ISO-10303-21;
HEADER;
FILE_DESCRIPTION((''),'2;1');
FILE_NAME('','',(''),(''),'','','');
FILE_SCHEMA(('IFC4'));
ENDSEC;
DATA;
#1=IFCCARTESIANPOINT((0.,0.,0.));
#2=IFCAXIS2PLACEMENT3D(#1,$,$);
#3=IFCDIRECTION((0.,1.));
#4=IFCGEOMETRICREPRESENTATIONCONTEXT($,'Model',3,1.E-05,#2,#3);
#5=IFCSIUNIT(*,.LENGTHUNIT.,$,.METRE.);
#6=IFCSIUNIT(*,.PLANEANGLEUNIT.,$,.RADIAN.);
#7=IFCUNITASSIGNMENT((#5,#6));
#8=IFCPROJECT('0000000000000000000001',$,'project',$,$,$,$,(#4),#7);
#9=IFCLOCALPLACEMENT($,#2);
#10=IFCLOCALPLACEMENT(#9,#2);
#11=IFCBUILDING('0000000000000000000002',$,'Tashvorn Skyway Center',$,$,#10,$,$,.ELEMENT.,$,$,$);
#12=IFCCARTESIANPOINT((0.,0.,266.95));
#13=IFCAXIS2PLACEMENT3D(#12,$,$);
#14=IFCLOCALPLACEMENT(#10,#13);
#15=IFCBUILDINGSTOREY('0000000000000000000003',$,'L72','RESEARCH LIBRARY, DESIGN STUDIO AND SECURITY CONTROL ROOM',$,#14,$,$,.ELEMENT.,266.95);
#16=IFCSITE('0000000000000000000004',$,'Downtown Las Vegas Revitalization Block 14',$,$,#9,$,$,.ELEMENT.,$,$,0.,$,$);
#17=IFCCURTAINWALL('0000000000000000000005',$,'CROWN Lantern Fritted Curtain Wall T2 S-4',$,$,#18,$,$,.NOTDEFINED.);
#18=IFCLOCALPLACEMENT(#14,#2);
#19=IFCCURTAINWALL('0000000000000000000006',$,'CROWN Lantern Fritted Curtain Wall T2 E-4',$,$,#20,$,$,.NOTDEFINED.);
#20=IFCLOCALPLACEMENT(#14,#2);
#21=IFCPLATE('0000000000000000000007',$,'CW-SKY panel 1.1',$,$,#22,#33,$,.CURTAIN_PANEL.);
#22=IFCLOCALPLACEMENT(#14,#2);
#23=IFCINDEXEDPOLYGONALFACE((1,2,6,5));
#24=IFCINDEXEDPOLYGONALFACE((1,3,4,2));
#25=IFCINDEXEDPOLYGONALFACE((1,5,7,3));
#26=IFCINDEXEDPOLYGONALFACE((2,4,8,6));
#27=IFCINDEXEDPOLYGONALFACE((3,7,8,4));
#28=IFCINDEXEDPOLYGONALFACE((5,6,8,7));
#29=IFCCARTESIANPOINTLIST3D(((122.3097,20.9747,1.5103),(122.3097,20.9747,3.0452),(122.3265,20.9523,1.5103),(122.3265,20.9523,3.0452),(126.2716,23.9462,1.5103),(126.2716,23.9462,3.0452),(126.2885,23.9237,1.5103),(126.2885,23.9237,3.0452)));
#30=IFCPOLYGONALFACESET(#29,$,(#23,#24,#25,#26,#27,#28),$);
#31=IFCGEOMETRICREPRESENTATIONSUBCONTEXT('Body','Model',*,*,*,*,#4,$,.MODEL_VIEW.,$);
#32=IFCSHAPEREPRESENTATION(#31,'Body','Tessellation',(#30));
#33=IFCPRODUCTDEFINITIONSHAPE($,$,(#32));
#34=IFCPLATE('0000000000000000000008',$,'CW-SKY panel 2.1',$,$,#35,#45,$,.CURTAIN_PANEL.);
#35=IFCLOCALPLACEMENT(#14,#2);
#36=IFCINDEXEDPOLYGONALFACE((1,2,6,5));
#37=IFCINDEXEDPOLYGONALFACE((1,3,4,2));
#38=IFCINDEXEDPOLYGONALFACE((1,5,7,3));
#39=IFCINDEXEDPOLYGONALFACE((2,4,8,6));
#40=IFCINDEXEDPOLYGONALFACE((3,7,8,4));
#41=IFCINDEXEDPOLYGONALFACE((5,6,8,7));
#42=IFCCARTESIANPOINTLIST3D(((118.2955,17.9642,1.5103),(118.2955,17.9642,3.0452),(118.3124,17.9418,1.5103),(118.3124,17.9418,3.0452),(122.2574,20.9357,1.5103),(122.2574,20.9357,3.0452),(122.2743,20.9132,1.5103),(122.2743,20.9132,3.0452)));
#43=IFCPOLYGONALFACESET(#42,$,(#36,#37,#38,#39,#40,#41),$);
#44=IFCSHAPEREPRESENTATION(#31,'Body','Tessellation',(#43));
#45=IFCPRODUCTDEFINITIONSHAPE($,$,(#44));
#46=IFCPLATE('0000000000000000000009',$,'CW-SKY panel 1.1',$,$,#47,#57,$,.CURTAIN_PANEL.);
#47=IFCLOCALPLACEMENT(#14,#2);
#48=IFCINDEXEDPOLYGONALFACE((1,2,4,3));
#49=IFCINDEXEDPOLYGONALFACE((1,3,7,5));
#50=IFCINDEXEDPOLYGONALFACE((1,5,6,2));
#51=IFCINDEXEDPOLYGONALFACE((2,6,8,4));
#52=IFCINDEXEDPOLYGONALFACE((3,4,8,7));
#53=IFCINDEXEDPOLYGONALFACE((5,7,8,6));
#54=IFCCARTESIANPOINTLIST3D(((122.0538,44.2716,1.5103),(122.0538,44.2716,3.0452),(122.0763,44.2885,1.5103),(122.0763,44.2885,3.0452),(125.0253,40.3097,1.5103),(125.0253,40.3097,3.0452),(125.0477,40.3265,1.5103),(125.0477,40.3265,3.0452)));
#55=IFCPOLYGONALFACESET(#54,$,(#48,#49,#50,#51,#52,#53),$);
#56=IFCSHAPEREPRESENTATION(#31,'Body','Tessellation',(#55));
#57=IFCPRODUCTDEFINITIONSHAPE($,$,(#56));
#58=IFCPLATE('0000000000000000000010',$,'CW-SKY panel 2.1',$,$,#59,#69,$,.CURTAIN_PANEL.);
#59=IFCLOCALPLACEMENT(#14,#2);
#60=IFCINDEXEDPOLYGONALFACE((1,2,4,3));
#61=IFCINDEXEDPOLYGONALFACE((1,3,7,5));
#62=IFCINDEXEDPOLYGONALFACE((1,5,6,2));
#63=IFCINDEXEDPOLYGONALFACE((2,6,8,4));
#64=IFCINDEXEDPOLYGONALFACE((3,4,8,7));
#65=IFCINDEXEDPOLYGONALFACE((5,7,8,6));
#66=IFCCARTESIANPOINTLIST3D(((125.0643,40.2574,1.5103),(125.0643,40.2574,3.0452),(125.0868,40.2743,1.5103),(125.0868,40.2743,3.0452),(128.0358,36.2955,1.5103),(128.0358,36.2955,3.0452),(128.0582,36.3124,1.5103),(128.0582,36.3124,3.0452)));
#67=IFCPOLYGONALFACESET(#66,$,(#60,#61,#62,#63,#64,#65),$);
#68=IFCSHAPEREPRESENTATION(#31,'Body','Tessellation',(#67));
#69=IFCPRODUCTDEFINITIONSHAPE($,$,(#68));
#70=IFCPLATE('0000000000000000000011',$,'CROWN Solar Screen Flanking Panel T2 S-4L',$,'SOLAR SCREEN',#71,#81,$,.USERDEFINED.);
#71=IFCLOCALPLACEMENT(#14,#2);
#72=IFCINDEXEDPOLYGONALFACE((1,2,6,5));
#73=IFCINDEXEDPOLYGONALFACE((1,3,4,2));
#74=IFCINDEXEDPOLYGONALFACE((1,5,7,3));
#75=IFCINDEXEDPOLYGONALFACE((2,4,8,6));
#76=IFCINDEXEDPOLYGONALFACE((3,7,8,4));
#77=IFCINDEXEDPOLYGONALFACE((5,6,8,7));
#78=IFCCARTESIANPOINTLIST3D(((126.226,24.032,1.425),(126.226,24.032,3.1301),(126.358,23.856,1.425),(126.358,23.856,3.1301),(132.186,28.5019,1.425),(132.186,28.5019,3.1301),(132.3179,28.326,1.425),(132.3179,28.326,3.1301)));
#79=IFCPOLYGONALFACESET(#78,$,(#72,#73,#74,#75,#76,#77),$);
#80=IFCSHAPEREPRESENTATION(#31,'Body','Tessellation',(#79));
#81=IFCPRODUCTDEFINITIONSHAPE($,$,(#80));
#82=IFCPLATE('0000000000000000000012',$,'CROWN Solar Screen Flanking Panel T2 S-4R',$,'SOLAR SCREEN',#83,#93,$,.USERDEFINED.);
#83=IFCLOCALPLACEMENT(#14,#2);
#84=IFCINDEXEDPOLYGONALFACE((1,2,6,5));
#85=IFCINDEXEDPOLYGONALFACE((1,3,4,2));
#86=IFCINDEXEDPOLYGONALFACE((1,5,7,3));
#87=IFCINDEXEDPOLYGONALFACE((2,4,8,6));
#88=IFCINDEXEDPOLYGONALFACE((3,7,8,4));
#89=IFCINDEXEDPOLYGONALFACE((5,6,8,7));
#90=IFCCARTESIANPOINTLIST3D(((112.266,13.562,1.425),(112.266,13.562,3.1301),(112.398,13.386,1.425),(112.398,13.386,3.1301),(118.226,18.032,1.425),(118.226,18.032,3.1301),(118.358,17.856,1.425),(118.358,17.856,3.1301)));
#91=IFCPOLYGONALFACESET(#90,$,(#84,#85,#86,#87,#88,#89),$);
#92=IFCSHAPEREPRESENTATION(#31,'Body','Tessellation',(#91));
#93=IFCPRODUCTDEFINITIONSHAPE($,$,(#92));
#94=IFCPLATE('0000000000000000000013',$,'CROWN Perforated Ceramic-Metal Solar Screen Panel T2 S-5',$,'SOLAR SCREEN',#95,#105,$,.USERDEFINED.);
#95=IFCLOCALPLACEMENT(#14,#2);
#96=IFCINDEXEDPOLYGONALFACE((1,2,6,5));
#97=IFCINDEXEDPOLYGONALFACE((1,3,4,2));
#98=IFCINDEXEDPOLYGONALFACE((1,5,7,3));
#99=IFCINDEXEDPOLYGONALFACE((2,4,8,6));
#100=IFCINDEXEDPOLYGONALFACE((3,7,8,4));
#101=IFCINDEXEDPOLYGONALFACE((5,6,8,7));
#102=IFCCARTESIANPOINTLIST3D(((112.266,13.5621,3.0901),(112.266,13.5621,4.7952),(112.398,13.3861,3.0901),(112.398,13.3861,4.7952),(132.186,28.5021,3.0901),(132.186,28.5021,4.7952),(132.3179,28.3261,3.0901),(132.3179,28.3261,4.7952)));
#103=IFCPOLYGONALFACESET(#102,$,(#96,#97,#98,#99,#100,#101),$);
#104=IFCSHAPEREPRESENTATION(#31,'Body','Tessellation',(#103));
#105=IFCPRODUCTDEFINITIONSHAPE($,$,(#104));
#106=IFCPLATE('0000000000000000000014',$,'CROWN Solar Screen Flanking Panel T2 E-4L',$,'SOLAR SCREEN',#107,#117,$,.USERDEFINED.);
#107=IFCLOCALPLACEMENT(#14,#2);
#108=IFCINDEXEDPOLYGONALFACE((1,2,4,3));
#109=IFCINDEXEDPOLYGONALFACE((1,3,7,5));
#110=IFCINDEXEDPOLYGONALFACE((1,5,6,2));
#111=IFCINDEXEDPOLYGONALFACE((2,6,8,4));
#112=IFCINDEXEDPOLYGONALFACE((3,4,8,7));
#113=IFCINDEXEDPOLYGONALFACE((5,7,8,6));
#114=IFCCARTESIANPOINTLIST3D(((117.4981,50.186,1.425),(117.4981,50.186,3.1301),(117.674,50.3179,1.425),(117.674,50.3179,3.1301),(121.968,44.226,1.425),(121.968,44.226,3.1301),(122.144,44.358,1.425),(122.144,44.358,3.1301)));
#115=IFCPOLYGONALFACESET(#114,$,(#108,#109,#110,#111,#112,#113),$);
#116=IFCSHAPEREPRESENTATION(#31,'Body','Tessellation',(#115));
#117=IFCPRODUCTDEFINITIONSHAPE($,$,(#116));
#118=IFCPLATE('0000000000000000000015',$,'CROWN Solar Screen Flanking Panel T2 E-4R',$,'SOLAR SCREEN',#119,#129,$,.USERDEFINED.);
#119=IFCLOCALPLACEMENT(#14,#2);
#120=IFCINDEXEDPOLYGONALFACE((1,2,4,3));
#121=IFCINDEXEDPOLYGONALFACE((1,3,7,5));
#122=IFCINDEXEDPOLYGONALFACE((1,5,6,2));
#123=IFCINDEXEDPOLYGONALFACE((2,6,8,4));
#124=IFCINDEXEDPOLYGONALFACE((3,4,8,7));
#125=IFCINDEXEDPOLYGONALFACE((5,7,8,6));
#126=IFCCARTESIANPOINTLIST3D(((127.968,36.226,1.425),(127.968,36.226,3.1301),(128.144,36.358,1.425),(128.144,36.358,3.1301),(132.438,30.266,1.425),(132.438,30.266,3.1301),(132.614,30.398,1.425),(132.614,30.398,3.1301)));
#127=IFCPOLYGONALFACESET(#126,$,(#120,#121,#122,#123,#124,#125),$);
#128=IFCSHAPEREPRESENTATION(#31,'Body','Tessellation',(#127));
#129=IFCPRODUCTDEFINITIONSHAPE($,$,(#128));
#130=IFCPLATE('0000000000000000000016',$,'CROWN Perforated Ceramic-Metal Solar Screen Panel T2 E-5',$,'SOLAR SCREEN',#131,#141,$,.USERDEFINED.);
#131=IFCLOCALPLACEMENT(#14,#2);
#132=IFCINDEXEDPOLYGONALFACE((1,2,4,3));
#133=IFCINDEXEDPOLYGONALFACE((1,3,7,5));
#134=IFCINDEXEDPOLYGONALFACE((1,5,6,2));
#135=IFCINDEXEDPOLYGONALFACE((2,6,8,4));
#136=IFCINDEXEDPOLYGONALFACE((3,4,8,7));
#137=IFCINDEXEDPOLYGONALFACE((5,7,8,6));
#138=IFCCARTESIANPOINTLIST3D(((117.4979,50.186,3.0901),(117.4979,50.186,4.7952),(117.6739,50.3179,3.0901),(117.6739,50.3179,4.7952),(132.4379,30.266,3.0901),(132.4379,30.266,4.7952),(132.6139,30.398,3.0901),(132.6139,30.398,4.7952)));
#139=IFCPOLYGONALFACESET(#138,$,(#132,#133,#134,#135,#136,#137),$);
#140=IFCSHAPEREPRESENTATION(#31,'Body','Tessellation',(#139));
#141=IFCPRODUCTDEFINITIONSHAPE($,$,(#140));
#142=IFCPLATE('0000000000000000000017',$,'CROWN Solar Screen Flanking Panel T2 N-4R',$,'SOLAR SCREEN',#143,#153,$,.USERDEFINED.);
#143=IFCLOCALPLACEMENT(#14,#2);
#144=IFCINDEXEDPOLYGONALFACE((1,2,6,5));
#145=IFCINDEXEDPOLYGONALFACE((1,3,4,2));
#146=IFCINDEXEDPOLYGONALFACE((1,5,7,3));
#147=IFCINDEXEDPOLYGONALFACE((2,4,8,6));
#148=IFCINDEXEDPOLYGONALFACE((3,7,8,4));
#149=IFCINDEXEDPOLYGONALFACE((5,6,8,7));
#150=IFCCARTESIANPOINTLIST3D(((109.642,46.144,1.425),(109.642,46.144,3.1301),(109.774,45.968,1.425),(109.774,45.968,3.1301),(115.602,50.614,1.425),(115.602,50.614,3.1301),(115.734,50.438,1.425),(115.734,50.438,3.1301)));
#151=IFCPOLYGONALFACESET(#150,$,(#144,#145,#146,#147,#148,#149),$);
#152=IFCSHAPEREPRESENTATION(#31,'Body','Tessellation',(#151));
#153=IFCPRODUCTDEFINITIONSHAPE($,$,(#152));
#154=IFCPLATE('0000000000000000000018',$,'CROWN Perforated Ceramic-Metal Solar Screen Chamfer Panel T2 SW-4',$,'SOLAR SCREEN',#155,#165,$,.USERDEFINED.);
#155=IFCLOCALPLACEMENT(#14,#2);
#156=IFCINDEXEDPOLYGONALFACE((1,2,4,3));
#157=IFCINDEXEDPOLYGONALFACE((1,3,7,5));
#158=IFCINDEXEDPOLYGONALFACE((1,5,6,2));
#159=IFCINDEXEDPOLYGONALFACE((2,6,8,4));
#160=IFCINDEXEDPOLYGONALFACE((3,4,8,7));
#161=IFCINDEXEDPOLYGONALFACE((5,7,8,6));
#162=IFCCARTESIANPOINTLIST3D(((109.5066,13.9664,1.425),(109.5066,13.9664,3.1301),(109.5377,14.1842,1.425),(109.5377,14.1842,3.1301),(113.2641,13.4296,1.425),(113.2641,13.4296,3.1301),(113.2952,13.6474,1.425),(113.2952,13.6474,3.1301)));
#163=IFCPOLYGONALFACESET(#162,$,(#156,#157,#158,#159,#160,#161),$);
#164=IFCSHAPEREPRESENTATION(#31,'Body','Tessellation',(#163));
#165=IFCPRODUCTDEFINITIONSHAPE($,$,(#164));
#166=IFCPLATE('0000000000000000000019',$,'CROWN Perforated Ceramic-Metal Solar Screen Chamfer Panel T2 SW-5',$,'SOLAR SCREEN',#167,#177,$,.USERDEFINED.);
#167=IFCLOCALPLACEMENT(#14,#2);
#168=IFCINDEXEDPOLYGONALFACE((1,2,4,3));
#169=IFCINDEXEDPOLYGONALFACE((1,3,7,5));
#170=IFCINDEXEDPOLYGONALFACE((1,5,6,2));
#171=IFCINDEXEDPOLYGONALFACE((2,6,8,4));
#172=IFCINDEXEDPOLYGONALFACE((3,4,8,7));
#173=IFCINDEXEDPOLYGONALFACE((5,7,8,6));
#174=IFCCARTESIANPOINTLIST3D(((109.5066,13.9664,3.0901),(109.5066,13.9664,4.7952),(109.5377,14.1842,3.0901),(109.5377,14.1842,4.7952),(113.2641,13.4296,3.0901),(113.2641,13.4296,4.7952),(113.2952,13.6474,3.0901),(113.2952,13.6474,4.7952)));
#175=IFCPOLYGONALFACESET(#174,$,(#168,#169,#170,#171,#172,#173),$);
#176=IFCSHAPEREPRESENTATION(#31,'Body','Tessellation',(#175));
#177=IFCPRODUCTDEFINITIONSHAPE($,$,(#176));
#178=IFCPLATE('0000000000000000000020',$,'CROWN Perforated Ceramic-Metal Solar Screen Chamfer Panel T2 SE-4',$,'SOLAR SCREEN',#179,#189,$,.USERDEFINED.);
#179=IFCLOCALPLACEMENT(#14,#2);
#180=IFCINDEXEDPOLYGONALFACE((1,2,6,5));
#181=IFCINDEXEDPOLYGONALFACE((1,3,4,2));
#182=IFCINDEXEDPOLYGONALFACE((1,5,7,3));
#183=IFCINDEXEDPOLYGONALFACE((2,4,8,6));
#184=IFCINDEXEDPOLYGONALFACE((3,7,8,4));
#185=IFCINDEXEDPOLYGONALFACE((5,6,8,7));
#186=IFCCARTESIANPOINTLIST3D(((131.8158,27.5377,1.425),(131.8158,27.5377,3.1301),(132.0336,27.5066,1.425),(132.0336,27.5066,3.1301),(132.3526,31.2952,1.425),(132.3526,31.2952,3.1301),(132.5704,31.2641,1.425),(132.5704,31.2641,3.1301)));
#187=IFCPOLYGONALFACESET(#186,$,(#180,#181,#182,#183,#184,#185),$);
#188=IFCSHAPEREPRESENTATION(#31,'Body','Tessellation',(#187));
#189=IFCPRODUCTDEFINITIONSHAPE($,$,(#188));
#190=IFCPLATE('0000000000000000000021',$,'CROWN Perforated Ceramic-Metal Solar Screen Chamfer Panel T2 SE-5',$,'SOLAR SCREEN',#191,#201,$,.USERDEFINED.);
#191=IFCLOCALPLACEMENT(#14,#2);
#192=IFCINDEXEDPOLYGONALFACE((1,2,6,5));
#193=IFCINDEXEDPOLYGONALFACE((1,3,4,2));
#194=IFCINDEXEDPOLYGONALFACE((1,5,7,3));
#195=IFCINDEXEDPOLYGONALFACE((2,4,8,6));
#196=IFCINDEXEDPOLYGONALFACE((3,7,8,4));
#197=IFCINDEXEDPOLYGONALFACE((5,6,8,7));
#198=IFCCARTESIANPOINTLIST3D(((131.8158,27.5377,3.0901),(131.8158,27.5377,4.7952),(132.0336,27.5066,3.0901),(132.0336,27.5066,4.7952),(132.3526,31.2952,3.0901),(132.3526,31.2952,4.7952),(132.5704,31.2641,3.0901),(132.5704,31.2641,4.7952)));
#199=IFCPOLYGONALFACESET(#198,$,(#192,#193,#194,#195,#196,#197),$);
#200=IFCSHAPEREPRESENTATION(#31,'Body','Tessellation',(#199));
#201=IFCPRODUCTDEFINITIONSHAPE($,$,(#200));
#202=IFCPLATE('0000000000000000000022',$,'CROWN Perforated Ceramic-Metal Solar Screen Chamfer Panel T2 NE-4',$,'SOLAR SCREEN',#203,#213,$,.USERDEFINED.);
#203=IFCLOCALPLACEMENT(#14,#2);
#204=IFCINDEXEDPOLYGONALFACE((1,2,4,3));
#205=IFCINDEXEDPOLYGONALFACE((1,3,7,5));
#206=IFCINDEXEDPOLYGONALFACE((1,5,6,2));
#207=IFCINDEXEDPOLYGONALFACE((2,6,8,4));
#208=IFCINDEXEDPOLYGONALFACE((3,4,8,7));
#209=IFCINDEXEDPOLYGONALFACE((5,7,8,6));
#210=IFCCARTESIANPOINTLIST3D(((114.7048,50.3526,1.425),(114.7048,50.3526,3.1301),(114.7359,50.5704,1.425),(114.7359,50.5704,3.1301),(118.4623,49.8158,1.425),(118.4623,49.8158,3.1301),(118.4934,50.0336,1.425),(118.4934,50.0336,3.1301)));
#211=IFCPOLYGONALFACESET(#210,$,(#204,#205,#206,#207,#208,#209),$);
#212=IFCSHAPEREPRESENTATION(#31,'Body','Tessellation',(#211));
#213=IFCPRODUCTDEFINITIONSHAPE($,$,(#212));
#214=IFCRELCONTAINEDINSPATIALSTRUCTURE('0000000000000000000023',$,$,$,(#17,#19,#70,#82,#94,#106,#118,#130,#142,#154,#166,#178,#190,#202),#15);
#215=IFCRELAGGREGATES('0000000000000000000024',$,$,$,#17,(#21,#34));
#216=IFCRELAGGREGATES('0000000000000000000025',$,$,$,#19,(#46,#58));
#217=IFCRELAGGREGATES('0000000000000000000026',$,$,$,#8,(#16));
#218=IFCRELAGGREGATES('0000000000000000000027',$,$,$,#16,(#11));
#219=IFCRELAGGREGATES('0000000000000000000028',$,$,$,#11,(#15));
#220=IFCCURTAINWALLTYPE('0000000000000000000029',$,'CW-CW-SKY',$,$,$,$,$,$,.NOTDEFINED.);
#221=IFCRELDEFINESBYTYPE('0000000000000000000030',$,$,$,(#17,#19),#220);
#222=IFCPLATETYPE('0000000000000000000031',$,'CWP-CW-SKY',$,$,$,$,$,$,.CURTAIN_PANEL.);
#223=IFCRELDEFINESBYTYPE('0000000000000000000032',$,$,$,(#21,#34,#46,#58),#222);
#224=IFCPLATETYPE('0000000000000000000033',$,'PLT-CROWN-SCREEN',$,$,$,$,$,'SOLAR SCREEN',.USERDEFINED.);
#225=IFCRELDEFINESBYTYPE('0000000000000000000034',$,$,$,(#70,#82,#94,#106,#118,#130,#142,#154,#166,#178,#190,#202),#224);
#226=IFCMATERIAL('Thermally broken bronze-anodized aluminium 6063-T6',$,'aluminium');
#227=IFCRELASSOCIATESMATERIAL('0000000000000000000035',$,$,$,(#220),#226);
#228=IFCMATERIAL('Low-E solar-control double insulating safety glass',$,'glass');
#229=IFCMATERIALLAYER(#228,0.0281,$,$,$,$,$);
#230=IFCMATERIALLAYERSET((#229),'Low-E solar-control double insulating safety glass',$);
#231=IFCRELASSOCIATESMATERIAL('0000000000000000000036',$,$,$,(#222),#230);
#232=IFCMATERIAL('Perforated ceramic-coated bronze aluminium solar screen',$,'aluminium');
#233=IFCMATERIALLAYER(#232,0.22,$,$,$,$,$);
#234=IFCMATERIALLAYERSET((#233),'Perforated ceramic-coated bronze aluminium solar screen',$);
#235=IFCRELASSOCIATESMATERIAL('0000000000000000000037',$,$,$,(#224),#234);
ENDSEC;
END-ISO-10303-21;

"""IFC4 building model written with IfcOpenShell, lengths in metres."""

from ifc_helpers import new_model, si_unit, direction, frame, origin, origin_2d, place, context, subcontext, project, spatial, rectangle, extrude, material, layer, layer_set, type_object, element, aggregate, save


model = new_model("IFC4")

# Units and contexts
model_context = context("Model", 3, precision=1e-05, world=origin(), true_north=direction((0.0, 1.0)))
body_context = subcontext(model_context, "Body", "Model", "MODEL_VIEW")
ifc_project = project(units=[si_unit("LENGTHUNIT", "METRE"), si_unit("PLANEANGLEUNIT", "RADIAN")], contexts=[model_context])

# Site, building, storey
site_placement = place(None, origin())
site = spatial("IfcSite", under=ifc_project, at=site_placement, Name="Downtown Las Vegas Revitalization Block 14", CompositionType="ELEMENT", RefElevation=0.0)
building_placement = place(site_placement, origin())
building = spatial("IfcBuilding", under=site, at=building_placement, Name="Tashvorn Skyway Center", CompositionType="ELEMENT")
storey_placement = place(building_placement, frame((0.0, 0.0, 266.95)))
storey = spatial("IfcBuildingStorey", under=building, at=storey_placement, Name="L72", Description="RESEARCH LIBRARY, DESIGN STUDIO AND SECURITY CONTROL ROOM", CompositionType="ELEMENT", Elevation=266.95)

# Curtain walls
ifc_material_1 = material(Name="Thermally broken bronze-anodized aluminium 6063-T6", Category="aluminium")
curtain_wall_type = type_object("IfcCurtainWallType", Name="CW-CW-SKY", PredefinedType="NOTDEFINED", material=ifc_material_1)
curtain_wall_1_placement = place(storey_placement, origin())
curtain_wall_1 = element("IfcCurtainWall", 1, at=curtain_wall_1_placement, inside=storey, type_object=curtain_wall_type, Name="CROWN Lantern Fritted Curtain Wall T2 S-4", PredefinedType="NOTDEFINED")
curtain_wall_2_placement = place(storey_placement, origin())
curtain_wall_2 = element("IfcCurtainWall", 2, at=curtain_wall_2_placement, inside=storey, type_object=curtain_wall_type, Name="CROWN Lantern Fritted Curtain Wall T2 E-4", PredefinedType="NOTDEFINED")

# Plates
ifc_material_2 = material(Name="Low-E solar-control double insulating safety glass", Category="glass")
ifc_layer_1 = layer(ifc_material_2, 0.0281)
ifc_layer_set_1 = layer_set([ifc_layer_1], Name="Low-E solar-control double insulating safety glass")
plate_type_1 = type_object("IfcPlateType", Name="CWP-CW-SKY", PredefinedType="CURTAIN_PANEL", material=ifc_layer_set_1)
plate_1_placement = place(storey_placement, frame((124.2991, 22.4492, 1.5103), z_axis=(0.0, 0.0, 1.0), x_axis=(-0.8, -0.6, 0.0)))
plate_1 = element("IfcPlate", 3, at=plate_1_placement, type_object=plate_type_1, Name="CW-SKY panel 1.1", PredefinedType="CURTAIN_PANEL", context=body_context, shape_type="SweptSolid", body=[
    extrude(rectangle(XDim=4.9524, YDim=0.0281, at=origin_2d()), origin(), (0.0, 0.0, 1.0), 1.5349),
])
plate_2_placement = place(storey_placement, frame((120.2849, 19.4387, 1.5103), z_axis=(0.0, 0.0, 1.0), x_axis=(-0.8, -0.6, 0.0)))
plate_2 = element("IfcPlate", 4, at=plate_2_placement, type_object=plate_type_1, Name="CW-SKY panel 2.1", PredefinedType="CURTAIN_PANEL", context=body_context, shape_type="SweptSolid", body=[
    extrude(rectangle(XDim=4.9524, YDim=0.0281, at=origin_2d()), origin(), (0.0, 0.0, 1.0), 1.5349),
])
aggregate(curtain_wall_1, [plate_1, plate_2])
plate_3_placement = place(storey_placement, frame((123.5508, 42.2991, 1.5103), z_axis=(0.0, 0.0, 1.0), x_axis=(0.6, -0.8, 0.0)))
plate_3 = element("IfcPlate", 5, at=plate_3_placement, type_object=plate_type_1, Name="CW-SKY panel 1.1", PredefinedType="CURTAIN_PANEL", context=body_context, shape_type="SweptSolid", body=[
    extrude(rectangle(XDim=4.9524, YDim=0.0281, at=origin_2d()), origin(), (0.0, 0.0, 1.0), 1.5349),
])
plate_4_placement = place(storey_placement, frame((126.5613, 38.2849, 1.5103), z_axis=(0.0, 0.0, 1.0), x_axis=(0.6, -0.8, 0.0)))
plate_4 = element("IfcPlate", 6, at=plate_4_placement, type_object=plate_type_1, Name="CW-SKY panel 2.1", PredefinedType="CURTAIN_PANEL", context=body_context, shape_type="SweptSolid", body=[
    extrude(rectangle(XDim=4.9524, YDim=0.0281, at=origin_2d()), origin(), (0.0, 0.0, 1.0), 1.5349),
])
aggregate(curtain_wall_2, [plate_3, plate_4])

# Plates
ifc_material_3 = material(Name="Perforated ceramic-coated bronze aluminium solar screen", Category="aluminium")
ifc_layer_2 = layer(ifc_material_3, 0.22)
ifc_layer_set_2 = layer_set([ifc_layer_2], Name="Perforated ceramic-coated bronze aluminium solar screen")
plate_type_2 = type_object("IfcPlateType", Name="PLT-CROWN-SCREEN", ElementType="SOLAR SCREEN", PredefinedType="USERDEFINED", material=ifc_layer_set_2)
for number, where, z_axis, x_axis, name in (
    (7, (129.272, 26.179, 1.425), (0.0, 0.0, 1.0), (0.8, 0.6, 0.0), "CROWN Solar Screen Flanking Panel T2 S-4L"),
    (8, (115.312, 15.709, 1.425), (0.0, 0.0, 1.0), (0.8, 0.6, 0.0), "CROWN Solar Screen Flanking Panel T2 S-4R"),
):
    element("IfcPlate", number, at=place(storey_placement, frame(where, z_axis=z_axis, x_axis=x_axis)), inside=storey, type_object=plate_type_2, Name=name, ObjectType="SOLAR SCREEN", PredefinedType="USERDEFINED", context=body_context, shape_type="SweptSolid", body=[
        extrude(rectangle(XDim=7.45, YDim=0.22, at=origin_2d()), origin(), (0.0, 0.0, 1.0), 1.7051),
    ])
plate_5_placement = place(storey_placement, frame((122.292, 20.9441, 3.0901), z_axis=(0.0, 0.0, 1.0), x_axis=(0.8, 0.6, 0.0)))
element("IfcPlate", 9, at=plate_5_placement, inside=storey, type_object=plate_type_2, Name="CROWN Perforated Ceramic-Metal Solar Screen Panel T2 S-5", ObjectType="SOLAR SCREEN", PredefinedType="USERDEFINED", context=body_context, shape_type="SweptSolid", body=[
    extrude(rectangle(XDim=24.8999, YDim=0.22, at=origin_2d()), origin(), (0.0, 0.0, 1.0), 1.7051),
])
for number, where, z_axis, x_axis, name in (
    (10, (119.821, 47.272, 1.425), (0.0, 0.0, 1.0), (-0.6, 0.8, 0.0), "CROWN Solar Screen Flanking Panel T2 E-4L"),
    (11, (130.291, 33.312, 1.425), (0.0, 0.0, 1.0), (-0.6, 0.8, 0.0), "CROWN Solar Screen Flanking Panel T2 E-4R"),
):
    element("IfcPlate", number, at=place(storey_placement, frame(where, z_axis=z_axis, x_axis=x_axis)), inside=storey, type_object=plate_type_2, Name=name, ObjectType="SOLAR SCREEN", PredefinedType="USERDEFINED", context=body_context, shape_type="SweptSolid", body=[
        extrude(rectangle(XDim=7.45, YDim=0.22, at=origin_2d()), origin(), (0.0, 0.0, 1.0), 1.7051),
    ])
plate_6_placement = place(storey_placement, frame((125.0559, 40.292, 3.0901), z_axis=(0.0, 0.0, 1.0), x_axis=(-0.6, 0.8, 0.0)))
element("IfcPlate", 12, at=plate_6_placement, inside=storey, type_object=plate_type_2, Name="CROWN Perforated Ceramic-Metal Solar Screen Panel T2 E-5", ObjectType="SOLAR SCREEN", PredefinedType="USERDEFINED", context=body_context, shape_type="SweptSolid", body=[
    extrude(rectangle(XDim=24.8999, YDim=0.22, at=origin_2d()), origin(), (0.0, 0.0, 1.0), 1.7051),
])
plate_7_placement = place(storey_placement, frame((112.688, 48.291, 1.425), z_axis=(0.0, 0.0, 1.0), x_axis=(-0.8, -0.6, 0.0)))
element("IfcPlate", 13, at=plate_7_placement, inside=storey, type_object=plate_type_2, Name="CROWN Solar Screen Flanking Panel T2 N-4R", ObjectType="SOLAR SCREEN", PredefinedType="USERDEFINED", context=body_context, shape_type="SweptSolid", body=[
    extrude(rectangle(XDim=7.45, YDim=0.22, at=origin_2d()), origin(), (0.0, 0.0, 1.0), 1.7051),
])
for number, where, z_axis, x_axis, name in (
    (14, (111.4009, 13.8069, 1.425), (0.0, 0.0, 1.0), (-0.989949, 0.141421, 0.0), "CROWN Perforated Ceramic-Metal Solar Screen Chamfer Panel T2 SW-4"),
    (15, (111.4009, 13.8069, 3.0901), (0.0, 0.0, 1.0), (-0.989949, 0.141421, 0.0), "CROWN Perforated Ceramic-Metal Solar Screen Chamfer Panel T2 SW-5"),
    (16, (132.1931, 29.4009, 1.425), (0.0, 0.0, 1.0), (0.141421, 0.989949, 0.0), "CROWN Perforated Ceramic-Metal Solar Screen Chamfer Panel T2 SE-4"),
    (17, (132.1931, 29.4009, 3.0901), (0.0, 0.0, 1.0), (0.141421, 0.989949, 0.0), "CROWN Perforated Ceramic-Metal Solar Screen Chamfer Panel T2 SE-5"),
    (18, (116.5991, 50.1931, 1.425), (0.0, 0.0, 1.0), (0.989949, -0.141421, 0.0), "CROWN Perforated Ceramic-Metal Solar Screen Chamfer Panel T2 NE-4"),
):
    element("IfcPlate", number, at=place(storey_placement, frame(where, z_axis=z_axis, x_axis=x_axis)), inside=storey, type_object=plate_type_2, Name=name, ObjectType="SOLAR SCREEN", PredefinedType="USERDEFINED", context=body_context, shape_type="SweptSolid", body=[
        extrude(rectangle(XDim=3.7957, YDim=0.22, at=origin_2d()), origin(), (0.0, 0.0, 1.0), 1.7051),
    ])

save(model, "model.ifc")
